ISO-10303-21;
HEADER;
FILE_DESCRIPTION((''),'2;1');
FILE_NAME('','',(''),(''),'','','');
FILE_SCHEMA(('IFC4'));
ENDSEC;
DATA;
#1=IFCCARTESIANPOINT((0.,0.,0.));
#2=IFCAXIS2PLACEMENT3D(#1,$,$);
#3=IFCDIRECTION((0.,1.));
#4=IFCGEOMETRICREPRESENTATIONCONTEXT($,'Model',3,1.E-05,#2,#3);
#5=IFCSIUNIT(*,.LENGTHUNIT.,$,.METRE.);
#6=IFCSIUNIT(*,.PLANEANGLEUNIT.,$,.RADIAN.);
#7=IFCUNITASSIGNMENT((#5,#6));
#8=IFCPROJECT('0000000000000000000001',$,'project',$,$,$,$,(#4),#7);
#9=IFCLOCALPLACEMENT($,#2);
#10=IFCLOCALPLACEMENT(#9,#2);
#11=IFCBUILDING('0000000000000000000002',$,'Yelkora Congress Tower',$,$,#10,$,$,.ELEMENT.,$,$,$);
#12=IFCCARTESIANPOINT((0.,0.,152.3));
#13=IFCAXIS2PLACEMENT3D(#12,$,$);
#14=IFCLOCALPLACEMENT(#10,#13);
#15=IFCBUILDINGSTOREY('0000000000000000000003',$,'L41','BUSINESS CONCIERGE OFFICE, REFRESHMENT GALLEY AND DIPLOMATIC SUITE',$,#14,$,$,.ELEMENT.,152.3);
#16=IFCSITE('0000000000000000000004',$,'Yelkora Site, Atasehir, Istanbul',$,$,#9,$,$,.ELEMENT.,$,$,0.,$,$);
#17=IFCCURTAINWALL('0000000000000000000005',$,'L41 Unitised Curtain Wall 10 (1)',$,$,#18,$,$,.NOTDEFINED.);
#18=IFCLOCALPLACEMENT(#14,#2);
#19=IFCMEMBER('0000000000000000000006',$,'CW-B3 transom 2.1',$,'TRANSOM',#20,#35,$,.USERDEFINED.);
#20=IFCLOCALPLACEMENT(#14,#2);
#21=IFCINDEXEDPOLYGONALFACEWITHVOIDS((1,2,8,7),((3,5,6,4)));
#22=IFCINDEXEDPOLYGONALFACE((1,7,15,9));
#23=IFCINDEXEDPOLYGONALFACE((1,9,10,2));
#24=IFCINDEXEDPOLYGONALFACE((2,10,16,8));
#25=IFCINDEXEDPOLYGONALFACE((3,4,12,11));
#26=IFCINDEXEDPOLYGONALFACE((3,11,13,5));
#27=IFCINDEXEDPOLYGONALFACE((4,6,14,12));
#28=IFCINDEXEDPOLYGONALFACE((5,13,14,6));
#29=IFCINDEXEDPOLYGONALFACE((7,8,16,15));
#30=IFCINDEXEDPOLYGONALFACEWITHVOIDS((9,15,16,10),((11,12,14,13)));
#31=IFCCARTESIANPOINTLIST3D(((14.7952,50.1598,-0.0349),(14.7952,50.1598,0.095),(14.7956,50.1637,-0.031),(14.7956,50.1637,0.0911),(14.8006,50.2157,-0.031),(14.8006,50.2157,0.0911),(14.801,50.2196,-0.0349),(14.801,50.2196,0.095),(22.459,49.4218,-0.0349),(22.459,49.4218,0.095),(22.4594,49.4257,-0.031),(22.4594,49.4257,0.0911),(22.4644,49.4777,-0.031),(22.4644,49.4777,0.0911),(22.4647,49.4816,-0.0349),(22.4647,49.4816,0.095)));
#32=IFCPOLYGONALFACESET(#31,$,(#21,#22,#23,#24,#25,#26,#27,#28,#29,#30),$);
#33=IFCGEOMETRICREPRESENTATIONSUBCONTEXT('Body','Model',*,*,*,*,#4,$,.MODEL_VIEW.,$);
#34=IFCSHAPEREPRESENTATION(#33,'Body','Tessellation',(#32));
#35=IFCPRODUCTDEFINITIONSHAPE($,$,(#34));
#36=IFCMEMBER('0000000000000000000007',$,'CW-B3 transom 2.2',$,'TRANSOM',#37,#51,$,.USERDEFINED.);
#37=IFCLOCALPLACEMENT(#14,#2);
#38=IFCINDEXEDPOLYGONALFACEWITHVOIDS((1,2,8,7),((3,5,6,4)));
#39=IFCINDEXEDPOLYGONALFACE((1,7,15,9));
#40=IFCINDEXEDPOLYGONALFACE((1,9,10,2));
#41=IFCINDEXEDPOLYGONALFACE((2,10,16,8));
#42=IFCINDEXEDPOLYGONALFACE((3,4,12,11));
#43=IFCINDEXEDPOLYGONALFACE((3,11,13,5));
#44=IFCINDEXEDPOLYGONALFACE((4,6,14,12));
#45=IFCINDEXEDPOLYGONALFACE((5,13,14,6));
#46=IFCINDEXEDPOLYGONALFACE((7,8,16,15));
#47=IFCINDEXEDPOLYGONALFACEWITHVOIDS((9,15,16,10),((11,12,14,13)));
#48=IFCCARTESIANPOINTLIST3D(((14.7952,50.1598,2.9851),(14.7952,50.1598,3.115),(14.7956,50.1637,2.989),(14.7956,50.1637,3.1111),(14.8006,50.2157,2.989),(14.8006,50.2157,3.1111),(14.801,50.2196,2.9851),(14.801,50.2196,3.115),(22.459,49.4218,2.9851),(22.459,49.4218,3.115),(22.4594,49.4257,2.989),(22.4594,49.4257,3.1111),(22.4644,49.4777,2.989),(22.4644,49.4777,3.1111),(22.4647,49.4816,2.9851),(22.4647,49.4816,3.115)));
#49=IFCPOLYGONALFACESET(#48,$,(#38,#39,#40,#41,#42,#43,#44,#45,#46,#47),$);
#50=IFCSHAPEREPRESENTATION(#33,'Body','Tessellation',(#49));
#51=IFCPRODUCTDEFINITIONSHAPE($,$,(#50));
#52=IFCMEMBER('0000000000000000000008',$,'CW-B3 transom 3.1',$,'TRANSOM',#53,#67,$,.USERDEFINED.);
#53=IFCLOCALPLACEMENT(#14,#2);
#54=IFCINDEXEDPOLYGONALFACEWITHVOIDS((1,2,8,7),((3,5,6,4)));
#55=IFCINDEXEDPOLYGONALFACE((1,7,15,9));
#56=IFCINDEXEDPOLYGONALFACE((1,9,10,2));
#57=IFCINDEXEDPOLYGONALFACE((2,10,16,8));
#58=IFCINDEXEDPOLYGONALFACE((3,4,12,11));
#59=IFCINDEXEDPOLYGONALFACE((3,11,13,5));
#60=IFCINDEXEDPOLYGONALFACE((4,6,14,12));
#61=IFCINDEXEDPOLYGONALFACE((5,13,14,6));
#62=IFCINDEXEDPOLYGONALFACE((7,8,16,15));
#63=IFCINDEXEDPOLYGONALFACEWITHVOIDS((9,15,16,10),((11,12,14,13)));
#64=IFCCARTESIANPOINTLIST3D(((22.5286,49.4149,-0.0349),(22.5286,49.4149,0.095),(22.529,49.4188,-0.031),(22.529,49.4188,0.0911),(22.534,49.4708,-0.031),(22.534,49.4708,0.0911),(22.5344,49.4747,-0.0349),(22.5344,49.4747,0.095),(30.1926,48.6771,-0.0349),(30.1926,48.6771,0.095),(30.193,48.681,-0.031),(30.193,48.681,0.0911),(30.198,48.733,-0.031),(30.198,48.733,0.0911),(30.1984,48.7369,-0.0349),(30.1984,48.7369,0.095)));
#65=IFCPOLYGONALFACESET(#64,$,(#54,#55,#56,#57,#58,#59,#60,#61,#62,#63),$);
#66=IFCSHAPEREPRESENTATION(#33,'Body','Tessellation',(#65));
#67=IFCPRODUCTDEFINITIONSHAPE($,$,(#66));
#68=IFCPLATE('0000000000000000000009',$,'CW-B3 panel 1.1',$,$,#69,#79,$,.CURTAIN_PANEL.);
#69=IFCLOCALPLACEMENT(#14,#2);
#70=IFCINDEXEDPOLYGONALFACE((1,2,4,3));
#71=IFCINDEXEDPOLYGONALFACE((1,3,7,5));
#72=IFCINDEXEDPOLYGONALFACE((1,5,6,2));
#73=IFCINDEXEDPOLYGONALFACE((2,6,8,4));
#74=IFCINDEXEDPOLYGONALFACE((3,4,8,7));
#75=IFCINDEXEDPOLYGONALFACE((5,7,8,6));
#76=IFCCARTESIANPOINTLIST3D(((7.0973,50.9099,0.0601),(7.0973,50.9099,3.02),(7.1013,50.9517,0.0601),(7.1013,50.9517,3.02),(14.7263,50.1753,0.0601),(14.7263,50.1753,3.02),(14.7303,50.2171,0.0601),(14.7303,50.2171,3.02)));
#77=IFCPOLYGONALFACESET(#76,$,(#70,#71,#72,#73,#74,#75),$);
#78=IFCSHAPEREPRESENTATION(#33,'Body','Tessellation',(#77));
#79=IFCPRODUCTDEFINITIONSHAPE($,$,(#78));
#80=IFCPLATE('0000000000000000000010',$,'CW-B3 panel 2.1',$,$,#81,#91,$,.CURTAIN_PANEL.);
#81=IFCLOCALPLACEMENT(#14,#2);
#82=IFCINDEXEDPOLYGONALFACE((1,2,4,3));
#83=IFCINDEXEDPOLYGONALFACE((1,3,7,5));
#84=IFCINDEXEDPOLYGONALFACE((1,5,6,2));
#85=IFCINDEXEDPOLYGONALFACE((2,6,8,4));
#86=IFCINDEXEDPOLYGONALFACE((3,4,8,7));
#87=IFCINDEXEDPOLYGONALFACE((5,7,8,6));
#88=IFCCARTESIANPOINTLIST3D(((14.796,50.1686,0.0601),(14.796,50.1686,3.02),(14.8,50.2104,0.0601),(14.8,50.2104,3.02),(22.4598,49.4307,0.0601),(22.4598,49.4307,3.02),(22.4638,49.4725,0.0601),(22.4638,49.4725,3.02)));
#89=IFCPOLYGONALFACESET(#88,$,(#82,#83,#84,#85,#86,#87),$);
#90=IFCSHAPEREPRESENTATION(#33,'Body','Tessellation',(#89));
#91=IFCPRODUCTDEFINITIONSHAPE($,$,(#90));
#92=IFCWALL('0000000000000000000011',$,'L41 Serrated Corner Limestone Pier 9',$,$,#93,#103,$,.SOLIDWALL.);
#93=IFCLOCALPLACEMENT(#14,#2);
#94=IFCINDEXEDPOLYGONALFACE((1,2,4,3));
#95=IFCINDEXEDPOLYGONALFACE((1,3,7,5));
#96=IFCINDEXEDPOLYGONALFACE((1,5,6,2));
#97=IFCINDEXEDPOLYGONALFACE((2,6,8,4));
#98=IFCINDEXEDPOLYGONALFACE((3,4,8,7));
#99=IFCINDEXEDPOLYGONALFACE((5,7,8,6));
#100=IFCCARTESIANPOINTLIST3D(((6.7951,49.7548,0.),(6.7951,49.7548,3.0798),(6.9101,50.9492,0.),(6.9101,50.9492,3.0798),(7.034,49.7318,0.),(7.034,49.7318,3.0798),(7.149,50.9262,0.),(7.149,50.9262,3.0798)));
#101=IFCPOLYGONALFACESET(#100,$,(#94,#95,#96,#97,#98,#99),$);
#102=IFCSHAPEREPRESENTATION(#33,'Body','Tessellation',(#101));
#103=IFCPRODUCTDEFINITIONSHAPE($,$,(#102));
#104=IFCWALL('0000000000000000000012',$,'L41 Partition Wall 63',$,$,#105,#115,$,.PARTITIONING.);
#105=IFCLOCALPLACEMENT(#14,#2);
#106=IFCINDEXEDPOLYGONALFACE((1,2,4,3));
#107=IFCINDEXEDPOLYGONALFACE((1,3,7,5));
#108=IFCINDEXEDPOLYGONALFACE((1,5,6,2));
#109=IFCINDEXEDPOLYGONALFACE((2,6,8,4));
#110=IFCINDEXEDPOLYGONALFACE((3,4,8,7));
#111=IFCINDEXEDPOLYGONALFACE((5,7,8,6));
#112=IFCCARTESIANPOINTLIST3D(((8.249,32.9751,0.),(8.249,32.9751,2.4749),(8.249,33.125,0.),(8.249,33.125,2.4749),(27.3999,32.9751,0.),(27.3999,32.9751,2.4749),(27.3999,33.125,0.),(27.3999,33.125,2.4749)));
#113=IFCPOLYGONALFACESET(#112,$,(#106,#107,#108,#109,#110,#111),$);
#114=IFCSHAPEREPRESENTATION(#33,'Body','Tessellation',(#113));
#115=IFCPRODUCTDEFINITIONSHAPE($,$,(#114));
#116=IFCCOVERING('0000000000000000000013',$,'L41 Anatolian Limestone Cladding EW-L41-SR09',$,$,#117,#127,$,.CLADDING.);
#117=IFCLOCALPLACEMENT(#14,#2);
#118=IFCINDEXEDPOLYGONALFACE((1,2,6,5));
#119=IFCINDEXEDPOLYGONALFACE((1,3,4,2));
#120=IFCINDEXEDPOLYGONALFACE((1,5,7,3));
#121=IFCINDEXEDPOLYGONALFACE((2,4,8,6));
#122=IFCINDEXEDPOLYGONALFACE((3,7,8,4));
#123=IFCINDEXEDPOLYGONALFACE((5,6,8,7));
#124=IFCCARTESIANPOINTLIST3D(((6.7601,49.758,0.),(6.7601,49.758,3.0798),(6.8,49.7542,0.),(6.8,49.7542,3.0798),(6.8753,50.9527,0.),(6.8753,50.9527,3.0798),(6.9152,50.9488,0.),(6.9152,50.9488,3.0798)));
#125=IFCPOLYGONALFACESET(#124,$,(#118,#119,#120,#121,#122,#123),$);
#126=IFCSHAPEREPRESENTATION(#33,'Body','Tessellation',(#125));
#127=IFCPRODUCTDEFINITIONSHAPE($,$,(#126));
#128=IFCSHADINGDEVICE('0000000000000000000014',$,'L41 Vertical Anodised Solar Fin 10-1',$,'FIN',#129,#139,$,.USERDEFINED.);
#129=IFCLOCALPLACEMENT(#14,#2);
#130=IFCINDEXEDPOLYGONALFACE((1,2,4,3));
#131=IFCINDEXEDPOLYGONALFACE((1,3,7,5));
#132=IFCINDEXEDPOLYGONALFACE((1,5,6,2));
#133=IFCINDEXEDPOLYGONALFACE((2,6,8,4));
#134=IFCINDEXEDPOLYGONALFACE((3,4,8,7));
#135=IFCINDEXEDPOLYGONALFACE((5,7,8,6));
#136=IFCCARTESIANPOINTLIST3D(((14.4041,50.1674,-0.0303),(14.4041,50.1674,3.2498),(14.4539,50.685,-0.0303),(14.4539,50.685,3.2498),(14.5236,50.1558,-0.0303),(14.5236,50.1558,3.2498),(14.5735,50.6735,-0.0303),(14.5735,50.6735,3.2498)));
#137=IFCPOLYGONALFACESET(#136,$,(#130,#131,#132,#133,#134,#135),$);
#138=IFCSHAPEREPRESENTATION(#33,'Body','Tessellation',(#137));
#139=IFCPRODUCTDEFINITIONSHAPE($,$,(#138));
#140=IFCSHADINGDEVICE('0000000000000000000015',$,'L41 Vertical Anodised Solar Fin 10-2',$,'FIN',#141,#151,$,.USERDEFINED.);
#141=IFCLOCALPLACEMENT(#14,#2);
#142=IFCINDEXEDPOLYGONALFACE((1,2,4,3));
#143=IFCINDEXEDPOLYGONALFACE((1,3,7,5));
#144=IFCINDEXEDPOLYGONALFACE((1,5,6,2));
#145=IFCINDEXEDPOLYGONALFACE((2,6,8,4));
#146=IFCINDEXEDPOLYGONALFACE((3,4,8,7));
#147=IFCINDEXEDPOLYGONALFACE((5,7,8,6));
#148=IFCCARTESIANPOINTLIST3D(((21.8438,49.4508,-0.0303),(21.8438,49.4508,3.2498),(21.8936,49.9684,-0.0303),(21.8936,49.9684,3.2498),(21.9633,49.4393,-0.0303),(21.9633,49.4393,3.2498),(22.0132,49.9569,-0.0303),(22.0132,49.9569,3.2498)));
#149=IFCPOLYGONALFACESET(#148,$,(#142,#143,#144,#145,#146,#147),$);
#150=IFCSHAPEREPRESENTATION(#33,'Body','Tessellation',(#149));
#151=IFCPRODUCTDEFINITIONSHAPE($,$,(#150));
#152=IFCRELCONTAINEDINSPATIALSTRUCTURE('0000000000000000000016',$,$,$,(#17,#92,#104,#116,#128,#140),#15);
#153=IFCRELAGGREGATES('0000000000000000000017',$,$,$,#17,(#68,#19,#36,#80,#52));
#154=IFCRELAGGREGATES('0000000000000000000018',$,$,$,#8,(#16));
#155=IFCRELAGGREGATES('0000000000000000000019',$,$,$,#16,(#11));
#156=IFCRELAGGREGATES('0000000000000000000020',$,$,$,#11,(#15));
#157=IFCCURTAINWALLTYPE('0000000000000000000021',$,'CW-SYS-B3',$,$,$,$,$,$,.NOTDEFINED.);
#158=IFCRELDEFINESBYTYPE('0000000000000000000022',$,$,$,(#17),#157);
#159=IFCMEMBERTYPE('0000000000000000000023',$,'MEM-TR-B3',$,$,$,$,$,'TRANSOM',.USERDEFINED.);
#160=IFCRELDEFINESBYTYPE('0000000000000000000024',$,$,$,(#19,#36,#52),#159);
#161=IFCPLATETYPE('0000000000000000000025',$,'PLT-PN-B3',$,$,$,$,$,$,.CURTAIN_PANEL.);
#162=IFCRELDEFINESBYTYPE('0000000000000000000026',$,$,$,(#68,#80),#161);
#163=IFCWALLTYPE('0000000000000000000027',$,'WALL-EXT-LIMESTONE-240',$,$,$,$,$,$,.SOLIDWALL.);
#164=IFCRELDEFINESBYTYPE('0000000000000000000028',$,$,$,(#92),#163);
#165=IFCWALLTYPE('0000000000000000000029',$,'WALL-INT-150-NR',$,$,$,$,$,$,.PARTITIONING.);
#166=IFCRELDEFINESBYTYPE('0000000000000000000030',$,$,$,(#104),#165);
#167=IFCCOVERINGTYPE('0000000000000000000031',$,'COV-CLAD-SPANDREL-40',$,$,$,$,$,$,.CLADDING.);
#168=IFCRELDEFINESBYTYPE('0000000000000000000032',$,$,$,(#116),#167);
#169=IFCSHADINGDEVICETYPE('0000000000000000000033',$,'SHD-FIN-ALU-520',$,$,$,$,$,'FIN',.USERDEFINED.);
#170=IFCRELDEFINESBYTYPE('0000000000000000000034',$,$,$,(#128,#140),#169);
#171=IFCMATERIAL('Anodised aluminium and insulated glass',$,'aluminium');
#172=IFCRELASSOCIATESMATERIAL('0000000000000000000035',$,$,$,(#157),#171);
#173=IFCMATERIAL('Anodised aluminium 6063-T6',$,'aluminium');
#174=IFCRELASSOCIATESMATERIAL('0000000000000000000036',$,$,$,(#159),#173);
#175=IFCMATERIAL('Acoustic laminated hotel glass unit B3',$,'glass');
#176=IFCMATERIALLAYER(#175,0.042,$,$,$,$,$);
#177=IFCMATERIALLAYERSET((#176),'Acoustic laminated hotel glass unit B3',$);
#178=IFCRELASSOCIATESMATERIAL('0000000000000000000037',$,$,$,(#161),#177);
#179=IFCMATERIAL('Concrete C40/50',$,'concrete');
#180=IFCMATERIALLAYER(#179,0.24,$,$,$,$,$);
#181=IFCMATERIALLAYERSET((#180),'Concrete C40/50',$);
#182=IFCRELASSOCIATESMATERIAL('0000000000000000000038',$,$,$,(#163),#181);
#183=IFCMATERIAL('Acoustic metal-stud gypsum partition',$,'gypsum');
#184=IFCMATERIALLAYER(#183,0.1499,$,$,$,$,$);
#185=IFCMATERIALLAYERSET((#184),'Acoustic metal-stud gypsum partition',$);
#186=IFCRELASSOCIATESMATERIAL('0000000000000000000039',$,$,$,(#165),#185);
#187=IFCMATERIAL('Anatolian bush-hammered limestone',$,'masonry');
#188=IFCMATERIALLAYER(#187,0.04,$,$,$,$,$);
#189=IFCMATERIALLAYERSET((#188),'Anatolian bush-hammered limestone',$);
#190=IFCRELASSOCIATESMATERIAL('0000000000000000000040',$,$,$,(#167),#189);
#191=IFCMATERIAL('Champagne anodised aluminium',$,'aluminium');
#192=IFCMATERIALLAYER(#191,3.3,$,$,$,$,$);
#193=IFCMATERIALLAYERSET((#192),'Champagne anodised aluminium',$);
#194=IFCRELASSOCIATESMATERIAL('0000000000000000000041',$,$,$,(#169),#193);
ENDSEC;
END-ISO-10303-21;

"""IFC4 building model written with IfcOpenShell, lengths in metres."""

from ifc_helpers import new_model, si_unit, direction, frame, frame_2d, origin, origin_2d, place, context, subcontext, project, spatial, rectangle, hollow_rectangle, extrude, material, layer, layer_set, material_profile, profile_set, type_object, element, aggregate, save


model = new_model("IFC4")

# Units and contexts
model_context = context("Model", 3, precision=1e-05, world=origin(), true_north=direction((0.0, 1.0)))
body_context = subcontext(model_context, "Body", "Model", "MODEL_VIEW")
ifc_project = project(units=[si_unit("LENGTHUNIT", "METRE"), si_unit("PLANEANGLEUNIT", "RADIAN")], contexts=[model_context])

# Site, building, storey
site_placement = place(None, origin())
site = spatial("IfcSite", under=ifc_project, at=site_placement, Name="Yelkora Site, Atasehir, Istanbul", CompositionType="ELEMENT", RefElevation=0.0)
building_placement = place(site_placement, origin())
building = spatial("IfcBuilding", under=site, at=building_placement, Name="Yelkora Congress Tower", CompositionType="ELEMENT")
storey_placement = place(building_placement, frame((0.0, 0.0, 152.3)))
storey = spatial("IfcBuildingStorey", under=building, at=storey_placement, Name="L41", Description="BUSINESS CONCIERGE OFFICE, REFRESHMENT GALLEY AND DIPLOMATIC SUITE", CompositionType="ELEMENT", Elevation=152.3)

# Curtain wall, members, plates
ifc_material_1 = material(Name="Anodised aluminium and insulated glass", Category="aluminium")
curtain_wall_type = type_object("IfcCurtainWallType", Name="CW-SYS-B3", PredefinedType="NOTDEFINED", material=ifc_material_1)
curtain_wall_placement = place(storey_placement, origin())
curtain_wall = element("IfcCurtainWall", 1, at=curtain_wall_placement, inside=storey, type_object=curtain_wall_type, Name="L41 Unitised Curtain Wall 10 (1)", PredefinedType="NOTDEFINED")
ifc_material_2 = material(Name="Anodised aluminium 6063-T6", Category="aluminium")
ifc_material_profile_1 = material_profile(ifc_material_2, hollow_rectangle(XDim=0.0601, YDim=0.1299, WallThickness=0.0039, at=origin_2d()), Name="ALU 60x130x4")
ifc_profile_set_1 = profile_set([ifc_material_profile_1], Name="Anodised aluminium 6063-T6")
member_type_1 = type_object("IfcMemberType", Name="MEM-TR-B3", ElementType="TRANSOM", PredefinedType="USERDEFINED", material=ifc_profile_set_1)
member_1_placement = place(storey_placement, frame((14.7981, 50.1897, 0.03), z_axis=(0.995395, -0.095858, 0.0), x_axis=(0.095858, 0.995395, 0.0)))
member_1 = element("IfcMember", 2, at=member_1_placement, type_object=member_type_1, Name="CW-B3 transom 2.1", ObjectType="TRANSOM", PredefinedType="USERDEFINED", context=body_context, shape_type="SweptSolid", body=[
    extrude(hollow_rectangle(XDim=0.0601, YDim=0.1299, WallThickness=0.0039, at=origin_2d()), origin(), (0.0, 0.0, 1.0), 7.6992),
])
member_2_placement = place(storey_placement, frame((14.7981, 50.1897, 3.05), z_axis=(0.995395, -0.095858, 0.0), x_axis=(0.095858, 0.995395, 0.0)))
member_2 = element("IfcMember", 3, at=member_2_placement, type_object=member_type_1, Name="CW-B3 transom 2.2", ObjectType="TRANSOM", PredefinedType="USERDEFINED", context=body_context, shape_type="SweptSolid", body=[
    extrude(hollow_rectangle(XDim=0.0601, YDim=0.1299, WallThickness=0.0039, at=origin_2d()), origin(), (0.0, 0.0, 1.0), 7.6992),
])
member_3_placement = place(storey_placement, frame((22.5315, 49.4448, 0.03), z_axis=(0.995398, -0.095824, 0.0), x_axis=(0.095824, 0.995398, 0.0)))
member_3 = element("IfcMember", 4, at=member_3_placement, type_object=member_type_1, Name="CW-B3 transom 3.1", ObjectType="TRANSOM", PredefinedType="USERDEFINED", context=body_context, shape_type="SweptSolid", body=[
    extrude(hollow_rectangle(XDim=0.0601, YDim=0.1299, WallThickness=0.0039, at=origin_2d()), origin(), (0.0, 0.0, 1.0), 7.6995),
])
ifc_material_3 = material(Name="Acoustic laminated hotel glass unit B3", Category="glass")
ifc_layer_1 = layer(ifc_material_3, 0.042)
ifc_layer_set_1 = layer_set([ifc_layer_1], Name="Acoustic laminated hotel glass unit B3")
plate_type = type_object("IfcPlateType", Name="PLT-PN-B3", PredefinedType="CURTAIN_PANEL", material=ifc_layer_set_1)
plate_1_placement = place(storey_placement, frame((10.9138, 50.5635, 0.0601), z_axis=(0.0, 0.0, 1.0), x_axis=(0.995396, -0.095845, 0.0)))
plate_1 = element("IfcPlate", 5, at=plate_1_placement, type_object=plate_type, Name="CW-B3 panel 1.1", PredefinedType="CURTAIN_PANEL", context=body_context, shape_type="SweptSolid", body=[
    extrude(rectangle(XDim=7.6643, YDim=0.042, at=origin_2d()), origin(), (0.0, 0.0, 1.0), 2.96),
])
plate_2_placement = place(storey_placement, frame((18.6299, 49.8206, 0.0601), z_axis=(0.0, 0.0, 1.0), x_axis=(0.995396, -0.095845, 0.0)))
plate_2 = element("IfcPlate", 6, at=plate_2_placement, type_object=plate_type, Name="CW-B3 panel 2.1", PredefinedType="CURTAIN_PANEL", context=body_context, shape_type="SweptSolid", body=[
    extrude(rectangle(XDim=7.6992, YDim=0.042, at=origin_2d()), origin(), (0.0, 0.0, 1.0), 2.96),
])
aggregate(curtain_wall, [plate_1, member_1, member_2, plate_2, member_3])

# Walls
ifc_material_4 = material(Name="Concrete C40/50", Category="concrete")
ifc_layer_2 = layer(ifc_material_4, 0.24)
ifc_layer_set_2 = layer_set([ifc_layer_2], Name="Concrete C40/50")
wall_type_1 = type_object("IfcWallType", Name="WALL-EXT-LIMESTONE-240", PredefinedType="SOLIDWALL", material=ifc_layer_set_2)
wall_1_placement = place(storey_placement, frame((6.9146, 49.7432, 0.0), z_axis=(0.0, 0.0, 1.0), x_axis=(0.095836, 0.995397, 0.0)))
element("IfcWall", 7, at=wall_1_placement, inside=storey, type_object=wall_type_1, Name="L41 Serrated Corner Limestone Pier 9", PredefinedType="SOLIDWALL", context=body_context, shape_type="SweptSolid", body=[
    extrude(rectangle(XDim=1.2, YDim=0.24, at=frame_2d((0.6001, 0.0))), origin(), (0.0, 0.0, 1.0), 3.0798),
])
ifc_material_5 = material(Name="Acoustic metal-stud gypsum partition", Category="gypsum")
ifc_layer_3 = layer(ifc_material_5, 0.1499)
ifc_layer_set_3 = layer_set([ifc_layer_3], Name="Acoustic metal-stud gypsum partition")
wall_type_2 = type_object("IfcWallType", Name="WALL-INT-150-NR", PredefinedType="PARTITIONING", material=ifc_layer_set_3)
wall_2_placement = place(storey_placement, frame((8.249, 33.05, 0.0), z_axis=(0.0, 0.0, 1.0), x_axis=(1.0, 0.0, 0.0)))
element("IfcWall", 8, at=wall_2_placement, inside=storey, type_object=wall_type_2, Name="L41 Partition Wall 63", PredefinedType="PARTITIONING", context=body_context, shape_type="SweptSolid", body=[
    extrude(rectangle(XDim=19.1509, YDim=0.1499, at=frame_2d((9.5754, 0.0))), origin(), (0.0, 0.0, 1.0), 2.4749),
])

# Covering
ifc_material_6 = material(Name="Anatolian bush-hammered limestone", Category="masonry")
ifc_layer_4 = layer(ifc_material_6, 0.04)
ifc_layer_set_4 = layer_set([ifc_layer_4], Name="Anatolian bush-hammered limestone")
covering_type = type_object("IfcCoveringType", Name="COV-CLAD-SPANDREL-40", PredefinedType="CLADDING", material=ifc_layer_set_4)
covering_placement = place(storey_placement, frame((6.78, 49.7561, 0.0), z_axis=(0.0, 0.0, 1.0), x_axis=(0.096019, 0.99538, 0.0)))
element("IfcCovering", 9, at=covering_placement, inside=storey, type_object=covering_type, Name="L41 Anatolian Limestone Cladding EW-L41-SR09", PredefinedType="CLADDING", context=body_context, shape_type="SweptSolid", body=[
    extrude(rectangle(XDim=1.2002, YDim=0.04, at=frame_2d((0.6001, 0.0))), origin(), (0.0, 0.0, 1.0), 3.0798),
])

# Shading devices
ifc_material_7 = material(Name="Champagne anodised aluminium", Category="aluminium")
ifc_layer_5 = layer(ifc_material_7, 3.3)
ifc_layer_set_5 = layer_set([ifc_layer_5], Name="Champagne anodised aluminium")
shading_device_type = type_object("IfcShadingDeviceType", Name="SHD-FIN-ALU-520", ElementType="FIN", PredefinedType="USERDEFINED", material=ifc_layer_set_5)
for number, where, z_axis, x_axis, name in (
    (10, (14.4888, 50.4204, -0.0303), (0.0, 0.0, 1.0), (0.995396, -0.095846, 0.0), "L41 Vertical Anodised Solar Fin 10-1"),
    (11, (21.9285, 49.7039, -0.0303), (0.0, 0.0, 1.0), (0.995396, -0.095846, 0.0), "L41 Vertical Anodised Solar Fin 10-2"),
):
    element("IfcShadingDevice", number, at=place(storey_placement, frame(where, z_axis=z_axis, x_axis=x_axis)), inside=storey, type_object=shading_device_type, Name=name, ObjectType="FIN", PredefinedType="USERDEFINED", context=body_context, shape_type="SweptSolid", body=[
        extrude(rectangle(XDim=0.1201, YDim=0.52, at=origin_2d()), origin(), (0.0, 0.0, 1.0), 3.28),
    ])

save(model, "model.ifc")
